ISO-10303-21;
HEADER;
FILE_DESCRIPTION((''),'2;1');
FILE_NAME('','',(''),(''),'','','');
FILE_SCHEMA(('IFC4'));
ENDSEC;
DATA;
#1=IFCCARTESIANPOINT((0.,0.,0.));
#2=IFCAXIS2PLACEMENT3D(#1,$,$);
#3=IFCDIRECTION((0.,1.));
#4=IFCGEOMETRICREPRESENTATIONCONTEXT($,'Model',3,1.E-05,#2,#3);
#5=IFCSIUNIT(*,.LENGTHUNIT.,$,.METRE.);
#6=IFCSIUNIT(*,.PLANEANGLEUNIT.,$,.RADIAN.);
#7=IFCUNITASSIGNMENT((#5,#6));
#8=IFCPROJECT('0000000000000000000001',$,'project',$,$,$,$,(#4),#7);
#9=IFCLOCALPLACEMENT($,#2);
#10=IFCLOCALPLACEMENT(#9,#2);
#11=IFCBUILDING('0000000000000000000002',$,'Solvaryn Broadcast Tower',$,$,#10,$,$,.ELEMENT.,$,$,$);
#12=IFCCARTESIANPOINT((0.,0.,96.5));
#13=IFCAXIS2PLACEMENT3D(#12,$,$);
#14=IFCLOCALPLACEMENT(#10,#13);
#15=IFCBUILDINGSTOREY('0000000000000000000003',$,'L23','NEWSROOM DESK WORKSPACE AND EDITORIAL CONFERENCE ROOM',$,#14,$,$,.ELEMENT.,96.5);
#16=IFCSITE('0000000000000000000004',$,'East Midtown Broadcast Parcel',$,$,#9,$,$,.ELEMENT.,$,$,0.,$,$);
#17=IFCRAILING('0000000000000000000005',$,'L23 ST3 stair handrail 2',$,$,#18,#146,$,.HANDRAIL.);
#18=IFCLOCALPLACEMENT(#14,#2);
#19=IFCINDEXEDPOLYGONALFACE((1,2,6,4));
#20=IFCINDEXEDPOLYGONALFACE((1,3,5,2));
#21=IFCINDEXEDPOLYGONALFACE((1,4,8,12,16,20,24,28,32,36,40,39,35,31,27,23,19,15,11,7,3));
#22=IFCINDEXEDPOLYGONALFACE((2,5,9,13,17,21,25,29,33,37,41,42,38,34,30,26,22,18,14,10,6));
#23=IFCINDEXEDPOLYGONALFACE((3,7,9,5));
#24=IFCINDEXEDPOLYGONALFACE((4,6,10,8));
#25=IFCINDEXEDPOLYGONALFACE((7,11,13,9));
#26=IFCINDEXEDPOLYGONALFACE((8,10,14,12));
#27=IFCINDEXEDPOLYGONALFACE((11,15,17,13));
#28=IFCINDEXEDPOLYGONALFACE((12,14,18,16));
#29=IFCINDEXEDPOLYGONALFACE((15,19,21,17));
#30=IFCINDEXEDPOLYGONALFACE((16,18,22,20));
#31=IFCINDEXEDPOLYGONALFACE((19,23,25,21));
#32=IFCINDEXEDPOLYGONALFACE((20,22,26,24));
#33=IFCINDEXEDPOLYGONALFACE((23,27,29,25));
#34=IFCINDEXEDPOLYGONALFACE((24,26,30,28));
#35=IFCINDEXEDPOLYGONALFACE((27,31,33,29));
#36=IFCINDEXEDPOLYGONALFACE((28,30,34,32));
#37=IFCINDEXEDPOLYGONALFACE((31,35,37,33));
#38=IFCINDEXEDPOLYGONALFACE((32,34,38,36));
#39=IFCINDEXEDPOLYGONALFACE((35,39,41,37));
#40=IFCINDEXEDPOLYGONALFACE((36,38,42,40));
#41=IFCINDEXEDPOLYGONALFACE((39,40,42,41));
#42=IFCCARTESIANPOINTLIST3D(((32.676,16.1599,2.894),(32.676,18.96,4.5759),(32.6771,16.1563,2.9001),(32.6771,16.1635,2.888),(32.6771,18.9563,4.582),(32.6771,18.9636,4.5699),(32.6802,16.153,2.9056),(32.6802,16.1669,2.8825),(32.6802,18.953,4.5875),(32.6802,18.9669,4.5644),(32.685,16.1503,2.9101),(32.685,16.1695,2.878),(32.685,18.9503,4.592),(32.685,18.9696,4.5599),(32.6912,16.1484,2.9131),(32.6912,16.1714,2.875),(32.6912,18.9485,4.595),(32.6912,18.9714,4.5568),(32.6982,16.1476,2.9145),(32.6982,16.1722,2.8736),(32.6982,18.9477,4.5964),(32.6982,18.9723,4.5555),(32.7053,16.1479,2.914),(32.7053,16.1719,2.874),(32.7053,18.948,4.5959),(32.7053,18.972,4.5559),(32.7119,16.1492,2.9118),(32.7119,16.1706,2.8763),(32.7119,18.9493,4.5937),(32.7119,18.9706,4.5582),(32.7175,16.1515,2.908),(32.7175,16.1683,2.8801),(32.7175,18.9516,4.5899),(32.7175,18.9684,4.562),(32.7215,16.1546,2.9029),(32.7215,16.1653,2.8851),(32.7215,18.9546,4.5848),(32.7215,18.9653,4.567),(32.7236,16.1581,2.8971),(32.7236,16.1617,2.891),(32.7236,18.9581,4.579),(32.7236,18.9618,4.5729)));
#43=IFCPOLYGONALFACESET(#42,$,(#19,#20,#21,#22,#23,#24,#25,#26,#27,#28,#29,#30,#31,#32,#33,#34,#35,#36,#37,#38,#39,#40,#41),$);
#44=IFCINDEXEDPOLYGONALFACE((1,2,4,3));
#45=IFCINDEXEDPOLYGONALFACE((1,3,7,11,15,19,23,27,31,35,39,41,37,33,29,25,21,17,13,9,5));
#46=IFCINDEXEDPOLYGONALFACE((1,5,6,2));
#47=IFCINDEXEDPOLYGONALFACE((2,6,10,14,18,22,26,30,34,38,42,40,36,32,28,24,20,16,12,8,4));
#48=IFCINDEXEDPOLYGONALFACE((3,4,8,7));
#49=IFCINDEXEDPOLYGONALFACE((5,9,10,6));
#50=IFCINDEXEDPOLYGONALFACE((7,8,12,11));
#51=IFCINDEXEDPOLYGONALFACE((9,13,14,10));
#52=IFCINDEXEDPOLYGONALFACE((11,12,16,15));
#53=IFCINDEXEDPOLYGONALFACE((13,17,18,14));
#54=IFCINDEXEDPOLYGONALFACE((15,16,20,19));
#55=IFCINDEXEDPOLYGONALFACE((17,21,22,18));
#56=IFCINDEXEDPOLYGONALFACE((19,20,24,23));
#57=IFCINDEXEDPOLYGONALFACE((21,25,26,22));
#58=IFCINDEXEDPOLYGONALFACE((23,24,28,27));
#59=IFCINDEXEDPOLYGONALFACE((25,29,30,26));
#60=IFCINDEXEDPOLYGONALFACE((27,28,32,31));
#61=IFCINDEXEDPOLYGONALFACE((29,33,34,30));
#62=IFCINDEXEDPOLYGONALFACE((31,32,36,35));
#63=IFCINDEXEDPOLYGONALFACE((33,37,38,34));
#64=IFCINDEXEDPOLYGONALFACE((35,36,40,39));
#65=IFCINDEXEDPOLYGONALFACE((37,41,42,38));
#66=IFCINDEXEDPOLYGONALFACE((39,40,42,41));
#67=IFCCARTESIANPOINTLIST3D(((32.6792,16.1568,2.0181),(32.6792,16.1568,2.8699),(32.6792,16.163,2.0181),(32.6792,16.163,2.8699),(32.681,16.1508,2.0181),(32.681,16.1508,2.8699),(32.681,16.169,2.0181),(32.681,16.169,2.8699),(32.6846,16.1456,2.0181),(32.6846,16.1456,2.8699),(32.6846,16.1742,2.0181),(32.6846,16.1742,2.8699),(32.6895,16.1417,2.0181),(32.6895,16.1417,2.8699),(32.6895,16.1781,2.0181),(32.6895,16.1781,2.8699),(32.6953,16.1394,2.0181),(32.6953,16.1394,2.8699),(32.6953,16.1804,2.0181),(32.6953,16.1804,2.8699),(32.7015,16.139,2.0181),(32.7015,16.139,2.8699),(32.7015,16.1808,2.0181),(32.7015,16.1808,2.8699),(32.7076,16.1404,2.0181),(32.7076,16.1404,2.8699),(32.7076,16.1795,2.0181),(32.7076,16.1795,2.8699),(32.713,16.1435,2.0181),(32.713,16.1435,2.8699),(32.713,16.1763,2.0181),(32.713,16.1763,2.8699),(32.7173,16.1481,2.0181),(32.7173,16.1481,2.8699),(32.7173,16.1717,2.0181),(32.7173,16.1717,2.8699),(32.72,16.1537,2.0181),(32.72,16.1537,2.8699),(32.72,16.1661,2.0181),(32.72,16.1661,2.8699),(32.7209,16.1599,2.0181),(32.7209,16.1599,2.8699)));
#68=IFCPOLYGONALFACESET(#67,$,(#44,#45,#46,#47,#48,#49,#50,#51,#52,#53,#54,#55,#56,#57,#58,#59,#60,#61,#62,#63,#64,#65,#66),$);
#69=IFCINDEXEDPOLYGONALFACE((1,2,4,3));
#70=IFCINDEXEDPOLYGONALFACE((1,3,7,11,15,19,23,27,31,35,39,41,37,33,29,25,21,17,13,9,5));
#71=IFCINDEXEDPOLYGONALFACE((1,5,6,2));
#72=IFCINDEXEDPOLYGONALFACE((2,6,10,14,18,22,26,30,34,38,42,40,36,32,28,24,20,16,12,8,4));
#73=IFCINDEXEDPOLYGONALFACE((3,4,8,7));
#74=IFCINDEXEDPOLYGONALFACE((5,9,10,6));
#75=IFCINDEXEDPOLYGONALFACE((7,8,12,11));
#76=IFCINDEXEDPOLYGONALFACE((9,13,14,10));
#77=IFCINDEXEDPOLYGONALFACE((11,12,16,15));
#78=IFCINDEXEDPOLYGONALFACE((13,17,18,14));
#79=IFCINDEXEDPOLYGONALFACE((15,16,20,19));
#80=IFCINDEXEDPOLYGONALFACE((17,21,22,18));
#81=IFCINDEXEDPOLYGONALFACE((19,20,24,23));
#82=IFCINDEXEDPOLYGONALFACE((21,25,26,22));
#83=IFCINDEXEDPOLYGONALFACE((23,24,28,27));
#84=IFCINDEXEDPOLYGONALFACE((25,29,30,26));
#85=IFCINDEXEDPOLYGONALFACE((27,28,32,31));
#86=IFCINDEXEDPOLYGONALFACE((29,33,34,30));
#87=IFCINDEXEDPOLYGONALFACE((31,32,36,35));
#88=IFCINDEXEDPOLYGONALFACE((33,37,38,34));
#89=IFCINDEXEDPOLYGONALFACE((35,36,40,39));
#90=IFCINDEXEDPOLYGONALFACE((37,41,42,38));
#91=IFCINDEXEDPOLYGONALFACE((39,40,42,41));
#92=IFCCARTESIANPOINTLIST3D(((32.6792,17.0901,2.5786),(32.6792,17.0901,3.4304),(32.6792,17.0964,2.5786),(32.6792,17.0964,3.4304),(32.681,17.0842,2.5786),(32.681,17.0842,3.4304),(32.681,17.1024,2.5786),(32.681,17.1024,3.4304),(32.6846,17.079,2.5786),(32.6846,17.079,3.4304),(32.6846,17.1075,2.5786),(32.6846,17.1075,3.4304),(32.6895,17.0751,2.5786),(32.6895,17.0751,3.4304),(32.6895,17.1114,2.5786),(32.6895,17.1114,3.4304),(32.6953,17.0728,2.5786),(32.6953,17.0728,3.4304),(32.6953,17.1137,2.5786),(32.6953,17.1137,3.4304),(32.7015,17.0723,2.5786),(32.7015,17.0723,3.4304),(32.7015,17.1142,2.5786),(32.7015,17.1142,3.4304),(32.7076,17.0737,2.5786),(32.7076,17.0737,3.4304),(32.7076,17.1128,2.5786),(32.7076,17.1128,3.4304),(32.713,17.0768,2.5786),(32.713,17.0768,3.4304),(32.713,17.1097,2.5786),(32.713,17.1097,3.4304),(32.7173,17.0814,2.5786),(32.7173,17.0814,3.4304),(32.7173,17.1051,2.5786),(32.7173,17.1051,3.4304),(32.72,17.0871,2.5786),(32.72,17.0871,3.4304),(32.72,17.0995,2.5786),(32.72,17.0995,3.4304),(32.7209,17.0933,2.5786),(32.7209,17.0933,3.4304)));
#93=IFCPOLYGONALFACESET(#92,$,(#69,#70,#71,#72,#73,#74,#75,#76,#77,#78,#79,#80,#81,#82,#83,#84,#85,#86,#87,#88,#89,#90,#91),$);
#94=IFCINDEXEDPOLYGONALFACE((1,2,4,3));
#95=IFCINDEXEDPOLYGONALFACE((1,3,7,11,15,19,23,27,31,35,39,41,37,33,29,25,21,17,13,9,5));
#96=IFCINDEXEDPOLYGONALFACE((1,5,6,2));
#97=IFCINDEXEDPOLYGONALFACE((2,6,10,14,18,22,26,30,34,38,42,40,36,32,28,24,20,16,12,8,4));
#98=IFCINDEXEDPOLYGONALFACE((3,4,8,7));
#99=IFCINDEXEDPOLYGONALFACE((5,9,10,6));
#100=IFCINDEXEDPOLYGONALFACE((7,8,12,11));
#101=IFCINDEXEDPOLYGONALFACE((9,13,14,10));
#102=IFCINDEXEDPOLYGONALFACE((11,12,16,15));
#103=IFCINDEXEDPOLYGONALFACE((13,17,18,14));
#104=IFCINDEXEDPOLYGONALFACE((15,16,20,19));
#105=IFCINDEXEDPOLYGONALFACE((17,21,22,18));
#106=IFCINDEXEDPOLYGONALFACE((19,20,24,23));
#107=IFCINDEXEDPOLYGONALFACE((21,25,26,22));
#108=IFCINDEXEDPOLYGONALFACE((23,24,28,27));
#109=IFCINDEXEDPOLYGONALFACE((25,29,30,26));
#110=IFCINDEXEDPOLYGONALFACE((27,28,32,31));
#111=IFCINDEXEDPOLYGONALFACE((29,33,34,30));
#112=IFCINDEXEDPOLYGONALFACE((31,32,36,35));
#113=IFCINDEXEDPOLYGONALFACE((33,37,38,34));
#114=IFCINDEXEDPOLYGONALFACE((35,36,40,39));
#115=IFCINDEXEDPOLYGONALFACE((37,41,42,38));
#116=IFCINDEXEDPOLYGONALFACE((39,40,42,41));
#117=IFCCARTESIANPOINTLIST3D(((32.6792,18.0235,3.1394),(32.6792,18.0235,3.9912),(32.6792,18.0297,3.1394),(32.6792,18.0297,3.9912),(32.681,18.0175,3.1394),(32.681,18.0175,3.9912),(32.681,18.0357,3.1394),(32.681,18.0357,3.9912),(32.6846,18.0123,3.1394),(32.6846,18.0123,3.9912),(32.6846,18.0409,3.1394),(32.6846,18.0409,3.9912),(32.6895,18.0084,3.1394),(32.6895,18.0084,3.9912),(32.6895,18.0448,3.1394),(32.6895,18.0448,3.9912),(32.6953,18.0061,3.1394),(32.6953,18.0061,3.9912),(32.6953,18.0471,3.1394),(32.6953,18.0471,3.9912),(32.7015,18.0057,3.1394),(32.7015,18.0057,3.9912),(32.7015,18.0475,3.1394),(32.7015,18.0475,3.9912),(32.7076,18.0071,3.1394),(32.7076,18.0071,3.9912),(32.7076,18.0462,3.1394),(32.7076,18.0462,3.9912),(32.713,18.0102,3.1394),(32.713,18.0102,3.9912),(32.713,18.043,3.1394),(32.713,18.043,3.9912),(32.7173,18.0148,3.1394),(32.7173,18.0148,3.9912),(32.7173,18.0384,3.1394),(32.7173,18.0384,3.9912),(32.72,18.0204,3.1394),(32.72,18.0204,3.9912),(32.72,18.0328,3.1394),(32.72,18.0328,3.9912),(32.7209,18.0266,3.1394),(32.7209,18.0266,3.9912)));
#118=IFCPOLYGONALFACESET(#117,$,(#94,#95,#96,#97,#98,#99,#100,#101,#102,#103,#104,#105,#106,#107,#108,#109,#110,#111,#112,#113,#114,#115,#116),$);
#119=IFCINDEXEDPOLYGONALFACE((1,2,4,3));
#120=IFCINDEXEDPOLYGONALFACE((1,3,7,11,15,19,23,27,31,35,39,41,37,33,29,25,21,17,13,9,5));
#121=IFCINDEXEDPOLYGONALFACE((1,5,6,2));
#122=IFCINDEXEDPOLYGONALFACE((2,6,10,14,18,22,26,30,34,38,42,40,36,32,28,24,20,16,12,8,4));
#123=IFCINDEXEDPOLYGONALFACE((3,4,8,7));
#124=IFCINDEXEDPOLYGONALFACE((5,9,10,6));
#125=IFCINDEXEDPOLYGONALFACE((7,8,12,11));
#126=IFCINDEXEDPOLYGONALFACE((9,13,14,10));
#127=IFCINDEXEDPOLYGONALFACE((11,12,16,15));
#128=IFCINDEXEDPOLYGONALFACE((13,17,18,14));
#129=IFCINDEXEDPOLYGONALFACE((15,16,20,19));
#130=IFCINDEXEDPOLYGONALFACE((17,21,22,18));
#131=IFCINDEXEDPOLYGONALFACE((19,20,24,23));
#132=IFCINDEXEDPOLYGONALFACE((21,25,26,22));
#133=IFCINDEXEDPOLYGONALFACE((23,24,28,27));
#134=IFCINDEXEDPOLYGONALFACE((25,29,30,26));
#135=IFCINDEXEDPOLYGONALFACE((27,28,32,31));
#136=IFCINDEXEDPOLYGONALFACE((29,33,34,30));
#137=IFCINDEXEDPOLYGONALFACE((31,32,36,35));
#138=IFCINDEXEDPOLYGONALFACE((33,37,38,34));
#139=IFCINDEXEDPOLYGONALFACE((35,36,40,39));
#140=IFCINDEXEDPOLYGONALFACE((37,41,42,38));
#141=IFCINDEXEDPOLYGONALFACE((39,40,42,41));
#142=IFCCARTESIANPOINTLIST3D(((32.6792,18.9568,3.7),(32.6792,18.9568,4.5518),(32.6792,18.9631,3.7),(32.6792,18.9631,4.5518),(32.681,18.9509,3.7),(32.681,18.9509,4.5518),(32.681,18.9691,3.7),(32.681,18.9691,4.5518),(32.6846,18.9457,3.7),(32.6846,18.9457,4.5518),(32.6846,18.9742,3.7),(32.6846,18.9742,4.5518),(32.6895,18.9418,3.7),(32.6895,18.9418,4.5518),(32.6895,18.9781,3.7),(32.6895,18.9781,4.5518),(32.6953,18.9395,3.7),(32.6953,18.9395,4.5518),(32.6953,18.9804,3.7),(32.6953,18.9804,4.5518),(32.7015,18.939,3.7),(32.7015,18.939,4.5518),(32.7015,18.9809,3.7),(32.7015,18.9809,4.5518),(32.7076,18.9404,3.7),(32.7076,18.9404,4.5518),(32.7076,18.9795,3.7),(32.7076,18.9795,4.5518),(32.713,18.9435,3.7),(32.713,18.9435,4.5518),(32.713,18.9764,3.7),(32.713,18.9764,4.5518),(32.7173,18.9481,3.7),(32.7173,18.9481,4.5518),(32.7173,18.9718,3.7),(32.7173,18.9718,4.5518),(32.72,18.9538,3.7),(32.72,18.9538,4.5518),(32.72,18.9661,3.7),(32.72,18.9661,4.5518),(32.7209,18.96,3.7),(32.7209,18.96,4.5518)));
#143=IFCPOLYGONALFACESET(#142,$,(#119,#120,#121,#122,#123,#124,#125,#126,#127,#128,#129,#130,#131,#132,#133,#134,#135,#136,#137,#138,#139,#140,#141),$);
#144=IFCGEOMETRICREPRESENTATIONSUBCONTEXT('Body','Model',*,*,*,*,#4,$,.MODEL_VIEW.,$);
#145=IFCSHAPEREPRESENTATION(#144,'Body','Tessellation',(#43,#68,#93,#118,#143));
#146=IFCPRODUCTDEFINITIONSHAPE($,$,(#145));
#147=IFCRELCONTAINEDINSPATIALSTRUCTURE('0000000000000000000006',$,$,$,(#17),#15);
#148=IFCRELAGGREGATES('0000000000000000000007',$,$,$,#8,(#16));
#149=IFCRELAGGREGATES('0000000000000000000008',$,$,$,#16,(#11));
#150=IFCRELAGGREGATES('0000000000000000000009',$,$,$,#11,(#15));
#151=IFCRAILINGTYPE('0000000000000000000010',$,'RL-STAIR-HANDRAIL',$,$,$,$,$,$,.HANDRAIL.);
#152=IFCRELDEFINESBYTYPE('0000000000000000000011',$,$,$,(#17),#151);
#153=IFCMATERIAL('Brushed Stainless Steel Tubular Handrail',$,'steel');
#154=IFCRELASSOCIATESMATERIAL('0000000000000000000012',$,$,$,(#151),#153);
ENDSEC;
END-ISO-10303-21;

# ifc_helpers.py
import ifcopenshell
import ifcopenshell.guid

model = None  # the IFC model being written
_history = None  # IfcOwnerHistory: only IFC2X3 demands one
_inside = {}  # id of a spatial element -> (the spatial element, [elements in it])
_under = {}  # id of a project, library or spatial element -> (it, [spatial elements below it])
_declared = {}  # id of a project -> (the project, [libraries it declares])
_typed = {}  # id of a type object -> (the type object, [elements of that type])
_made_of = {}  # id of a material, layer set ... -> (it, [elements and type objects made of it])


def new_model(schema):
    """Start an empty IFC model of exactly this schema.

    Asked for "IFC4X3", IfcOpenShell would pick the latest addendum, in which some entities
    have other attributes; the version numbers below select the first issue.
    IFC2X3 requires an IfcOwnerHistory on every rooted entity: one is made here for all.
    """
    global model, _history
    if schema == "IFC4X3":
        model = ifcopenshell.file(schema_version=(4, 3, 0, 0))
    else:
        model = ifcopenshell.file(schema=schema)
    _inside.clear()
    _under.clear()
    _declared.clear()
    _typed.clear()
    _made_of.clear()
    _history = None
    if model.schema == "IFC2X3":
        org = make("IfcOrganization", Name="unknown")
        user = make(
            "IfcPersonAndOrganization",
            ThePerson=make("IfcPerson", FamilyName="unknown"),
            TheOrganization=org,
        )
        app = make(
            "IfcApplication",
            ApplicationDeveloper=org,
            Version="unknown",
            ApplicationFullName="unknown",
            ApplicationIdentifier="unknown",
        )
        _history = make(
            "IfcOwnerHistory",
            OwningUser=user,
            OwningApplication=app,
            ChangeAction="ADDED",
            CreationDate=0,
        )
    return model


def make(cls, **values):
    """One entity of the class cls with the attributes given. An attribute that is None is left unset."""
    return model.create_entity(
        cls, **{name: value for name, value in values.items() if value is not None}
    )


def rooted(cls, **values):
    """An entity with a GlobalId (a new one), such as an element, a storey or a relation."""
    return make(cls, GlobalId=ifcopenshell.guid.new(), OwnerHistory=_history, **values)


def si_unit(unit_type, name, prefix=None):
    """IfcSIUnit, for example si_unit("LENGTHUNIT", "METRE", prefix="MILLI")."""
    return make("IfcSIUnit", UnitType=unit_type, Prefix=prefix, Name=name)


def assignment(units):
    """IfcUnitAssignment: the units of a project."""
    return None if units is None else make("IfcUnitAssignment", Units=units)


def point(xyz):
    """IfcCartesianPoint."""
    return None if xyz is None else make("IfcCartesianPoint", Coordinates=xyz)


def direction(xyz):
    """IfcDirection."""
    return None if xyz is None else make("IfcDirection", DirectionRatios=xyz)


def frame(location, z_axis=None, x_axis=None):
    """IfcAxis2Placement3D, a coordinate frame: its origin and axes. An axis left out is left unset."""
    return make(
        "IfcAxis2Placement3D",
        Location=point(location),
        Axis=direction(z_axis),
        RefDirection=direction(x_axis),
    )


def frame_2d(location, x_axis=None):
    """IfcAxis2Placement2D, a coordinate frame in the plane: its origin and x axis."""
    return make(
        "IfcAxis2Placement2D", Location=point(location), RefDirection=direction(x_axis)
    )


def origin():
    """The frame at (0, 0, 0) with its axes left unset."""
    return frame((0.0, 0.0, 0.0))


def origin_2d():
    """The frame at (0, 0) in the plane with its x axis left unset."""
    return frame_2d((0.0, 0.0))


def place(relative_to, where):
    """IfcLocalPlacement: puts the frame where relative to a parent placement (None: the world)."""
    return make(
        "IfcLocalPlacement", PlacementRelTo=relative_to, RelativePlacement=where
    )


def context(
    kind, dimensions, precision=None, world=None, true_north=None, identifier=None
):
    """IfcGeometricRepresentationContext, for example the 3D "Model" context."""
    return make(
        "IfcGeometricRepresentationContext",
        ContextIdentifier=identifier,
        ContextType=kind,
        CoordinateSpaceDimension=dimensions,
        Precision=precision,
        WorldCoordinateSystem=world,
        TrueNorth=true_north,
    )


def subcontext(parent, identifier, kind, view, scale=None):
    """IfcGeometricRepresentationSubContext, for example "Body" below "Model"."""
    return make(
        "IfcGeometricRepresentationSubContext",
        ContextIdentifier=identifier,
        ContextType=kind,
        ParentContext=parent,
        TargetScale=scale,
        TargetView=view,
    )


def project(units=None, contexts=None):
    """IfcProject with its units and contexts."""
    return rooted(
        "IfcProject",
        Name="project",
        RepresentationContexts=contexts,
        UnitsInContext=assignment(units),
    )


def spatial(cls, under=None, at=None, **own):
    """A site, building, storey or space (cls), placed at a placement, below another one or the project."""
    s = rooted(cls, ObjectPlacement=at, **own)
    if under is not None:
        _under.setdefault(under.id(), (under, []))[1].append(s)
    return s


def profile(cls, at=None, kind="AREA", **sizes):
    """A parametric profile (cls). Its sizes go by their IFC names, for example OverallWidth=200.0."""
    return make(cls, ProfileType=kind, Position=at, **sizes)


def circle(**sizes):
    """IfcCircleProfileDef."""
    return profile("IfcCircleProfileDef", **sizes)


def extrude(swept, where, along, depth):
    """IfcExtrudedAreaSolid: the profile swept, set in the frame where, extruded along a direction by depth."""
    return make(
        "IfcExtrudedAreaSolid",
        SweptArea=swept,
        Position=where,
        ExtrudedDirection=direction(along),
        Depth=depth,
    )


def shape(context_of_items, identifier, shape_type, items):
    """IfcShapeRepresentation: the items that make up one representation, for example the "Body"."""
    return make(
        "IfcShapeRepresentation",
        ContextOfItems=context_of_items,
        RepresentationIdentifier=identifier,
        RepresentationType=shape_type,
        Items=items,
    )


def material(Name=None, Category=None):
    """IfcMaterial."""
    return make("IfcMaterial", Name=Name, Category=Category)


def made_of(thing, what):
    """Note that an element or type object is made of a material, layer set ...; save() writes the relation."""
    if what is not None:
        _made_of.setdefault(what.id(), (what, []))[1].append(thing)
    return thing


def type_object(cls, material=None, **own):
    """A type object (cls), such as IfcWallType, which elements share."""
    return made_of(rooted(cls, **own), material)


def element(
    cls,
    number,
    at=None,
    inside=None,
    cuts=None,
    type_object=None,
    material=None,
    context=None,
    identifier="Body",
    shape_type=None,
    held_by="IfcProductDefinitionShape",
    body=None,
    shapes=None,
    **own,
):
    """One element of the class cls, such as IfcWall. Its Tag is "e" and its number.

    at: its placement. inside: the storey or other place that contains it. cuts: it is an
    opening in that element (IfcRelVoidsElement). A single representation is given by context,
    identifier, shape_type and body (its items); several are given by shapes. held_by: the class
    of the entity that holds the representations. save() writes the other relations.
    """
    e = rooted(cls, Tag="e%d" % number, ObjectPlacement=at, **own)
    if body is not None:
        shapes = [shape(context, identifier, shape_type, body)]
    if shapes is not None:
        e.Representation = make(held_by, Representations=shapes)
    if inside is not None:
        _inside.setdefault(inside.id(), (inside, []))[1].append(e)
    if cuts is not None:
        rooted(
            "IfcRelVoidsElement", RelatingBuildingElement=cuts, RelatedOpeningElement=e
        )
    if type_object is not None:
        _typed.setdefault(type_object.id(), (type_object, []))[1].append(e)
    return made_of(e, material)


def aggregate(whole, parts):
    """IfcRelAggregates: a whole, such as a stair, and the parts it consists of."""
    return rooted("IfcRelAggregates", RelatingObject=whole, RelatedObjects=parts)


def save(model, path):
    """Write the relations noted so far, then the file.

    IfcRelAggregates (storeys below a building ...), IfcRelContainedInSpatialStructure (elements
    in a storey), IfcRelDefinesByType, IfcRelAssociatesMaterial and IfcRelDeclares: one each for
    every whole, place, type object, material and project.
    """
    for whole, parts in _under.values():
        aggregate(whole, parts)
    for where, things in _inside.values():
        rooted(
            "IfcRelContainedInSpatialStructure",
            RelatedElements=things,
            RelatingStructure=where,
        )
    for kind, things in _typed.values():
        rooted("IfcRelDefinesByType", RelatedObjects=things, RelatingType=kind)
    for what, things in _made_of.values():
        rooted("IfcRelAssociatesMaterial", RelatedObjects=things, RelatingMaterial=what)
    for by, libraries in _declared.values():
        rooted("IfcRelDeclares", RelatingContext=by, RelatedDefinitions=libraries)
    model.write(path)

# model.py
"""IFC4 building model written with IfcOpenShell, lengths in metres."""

from ifc_helpers import new_model, si_unit, direction, frame, origin, origin_2d, place, context, subcontext, project, spatial, circle, extrude, material, type_object, element, save


model = new_model("IFC4")

# Units and contexts
model_context = context("Model", 3, precision=1e-05, world=origin(), true_north=direction((0.0, 1.0)))
body_context = subcontext(model_context, "Body", "Model", "MODEL_VIEW")
ifc_project = project(units=[si_unit("LENGTHUNIT", "METRE"), si_unit("PLANEANGLEUNIT", "RADIAN")], contexts=[model_context])

# Site, building, storey
site_placement = place(None, origin())
site = spatial("IfcSite", under=ifc_project, at=site_placement, Name="East Midtown Broadcast Parcel", CompositionType="ELEMENT", RefElevation=0.0)
building_placement = place(site_placement, origin())
building = spatial("IfcBuilding", under=site, at=building_placement, Name="Solvaryn Broadcast Tower", CompositionType="ELEMENT")
storey_placement = place(building_placement, frame((0.0, 0.0, 96.5)))
storey = spatial("IfcBuildingStorey", under=building, at=storey_placement, Name="L23", Description="NEWSROOM DESK WORKSPACE AND EDITORIAL CONFERENCE ROOM", CompositionType="ELEMENT", Elevation=96.5)

# Railing
ifc_material_1 = material(Name="Brushed Stainless Steel Tubular Handrail", Category="steel")
railing_type_1 = type_object("IfcRailingType", Name="RL-STAIR-HANDRAIL", PredefinedType="HANDRAIL", material=ifc_material_1)
railing_1_placement = place(storey_placement, frame((32.7, 16.1599, 2.0181)))
element("IfcRailing", 1, at=railing_1_placement, inside=storey, type_object=railing_type_1, Name="L23 ST3 stair handrail 2", PredefinedType="HANDRAIL", context=body_context, shape_type="SweptSolid", body=[
    extrude(circle(Radius=0.0239, at=origin_2d()), frame((0.0, 0.0, 0.876), z_axis=(0.0, 0.857242, 0.514913), x_axis=(-1.0, 0.0, 0.0)), (0.0, 0.0, 1.0), 3.2664),
    extrude(circle(Radius=0.021, at=origin_2d()), origin(), (0.0, 0.0, 1.0), 0.8518),
    extrude(circle(Radius=0.021, at=origin_2d()), frame((0.0, 0.9333, 0.5605)), (0.0, 0.0, 1.0), 0.8518),
    extrude(circle(Radius=0.021, at=origin_2d()), frame((0.0, 1.8667, 1.1213)), (0.0, 0.0, 1.0), 0.8518),
    extrude(circle(Radius=0.021, at=origin_2d()), frame((0.0, 2.8, 1.6819)), (0.0, 0.0, 1.0), 0.8518),
])

save(model, "model.ifc")
